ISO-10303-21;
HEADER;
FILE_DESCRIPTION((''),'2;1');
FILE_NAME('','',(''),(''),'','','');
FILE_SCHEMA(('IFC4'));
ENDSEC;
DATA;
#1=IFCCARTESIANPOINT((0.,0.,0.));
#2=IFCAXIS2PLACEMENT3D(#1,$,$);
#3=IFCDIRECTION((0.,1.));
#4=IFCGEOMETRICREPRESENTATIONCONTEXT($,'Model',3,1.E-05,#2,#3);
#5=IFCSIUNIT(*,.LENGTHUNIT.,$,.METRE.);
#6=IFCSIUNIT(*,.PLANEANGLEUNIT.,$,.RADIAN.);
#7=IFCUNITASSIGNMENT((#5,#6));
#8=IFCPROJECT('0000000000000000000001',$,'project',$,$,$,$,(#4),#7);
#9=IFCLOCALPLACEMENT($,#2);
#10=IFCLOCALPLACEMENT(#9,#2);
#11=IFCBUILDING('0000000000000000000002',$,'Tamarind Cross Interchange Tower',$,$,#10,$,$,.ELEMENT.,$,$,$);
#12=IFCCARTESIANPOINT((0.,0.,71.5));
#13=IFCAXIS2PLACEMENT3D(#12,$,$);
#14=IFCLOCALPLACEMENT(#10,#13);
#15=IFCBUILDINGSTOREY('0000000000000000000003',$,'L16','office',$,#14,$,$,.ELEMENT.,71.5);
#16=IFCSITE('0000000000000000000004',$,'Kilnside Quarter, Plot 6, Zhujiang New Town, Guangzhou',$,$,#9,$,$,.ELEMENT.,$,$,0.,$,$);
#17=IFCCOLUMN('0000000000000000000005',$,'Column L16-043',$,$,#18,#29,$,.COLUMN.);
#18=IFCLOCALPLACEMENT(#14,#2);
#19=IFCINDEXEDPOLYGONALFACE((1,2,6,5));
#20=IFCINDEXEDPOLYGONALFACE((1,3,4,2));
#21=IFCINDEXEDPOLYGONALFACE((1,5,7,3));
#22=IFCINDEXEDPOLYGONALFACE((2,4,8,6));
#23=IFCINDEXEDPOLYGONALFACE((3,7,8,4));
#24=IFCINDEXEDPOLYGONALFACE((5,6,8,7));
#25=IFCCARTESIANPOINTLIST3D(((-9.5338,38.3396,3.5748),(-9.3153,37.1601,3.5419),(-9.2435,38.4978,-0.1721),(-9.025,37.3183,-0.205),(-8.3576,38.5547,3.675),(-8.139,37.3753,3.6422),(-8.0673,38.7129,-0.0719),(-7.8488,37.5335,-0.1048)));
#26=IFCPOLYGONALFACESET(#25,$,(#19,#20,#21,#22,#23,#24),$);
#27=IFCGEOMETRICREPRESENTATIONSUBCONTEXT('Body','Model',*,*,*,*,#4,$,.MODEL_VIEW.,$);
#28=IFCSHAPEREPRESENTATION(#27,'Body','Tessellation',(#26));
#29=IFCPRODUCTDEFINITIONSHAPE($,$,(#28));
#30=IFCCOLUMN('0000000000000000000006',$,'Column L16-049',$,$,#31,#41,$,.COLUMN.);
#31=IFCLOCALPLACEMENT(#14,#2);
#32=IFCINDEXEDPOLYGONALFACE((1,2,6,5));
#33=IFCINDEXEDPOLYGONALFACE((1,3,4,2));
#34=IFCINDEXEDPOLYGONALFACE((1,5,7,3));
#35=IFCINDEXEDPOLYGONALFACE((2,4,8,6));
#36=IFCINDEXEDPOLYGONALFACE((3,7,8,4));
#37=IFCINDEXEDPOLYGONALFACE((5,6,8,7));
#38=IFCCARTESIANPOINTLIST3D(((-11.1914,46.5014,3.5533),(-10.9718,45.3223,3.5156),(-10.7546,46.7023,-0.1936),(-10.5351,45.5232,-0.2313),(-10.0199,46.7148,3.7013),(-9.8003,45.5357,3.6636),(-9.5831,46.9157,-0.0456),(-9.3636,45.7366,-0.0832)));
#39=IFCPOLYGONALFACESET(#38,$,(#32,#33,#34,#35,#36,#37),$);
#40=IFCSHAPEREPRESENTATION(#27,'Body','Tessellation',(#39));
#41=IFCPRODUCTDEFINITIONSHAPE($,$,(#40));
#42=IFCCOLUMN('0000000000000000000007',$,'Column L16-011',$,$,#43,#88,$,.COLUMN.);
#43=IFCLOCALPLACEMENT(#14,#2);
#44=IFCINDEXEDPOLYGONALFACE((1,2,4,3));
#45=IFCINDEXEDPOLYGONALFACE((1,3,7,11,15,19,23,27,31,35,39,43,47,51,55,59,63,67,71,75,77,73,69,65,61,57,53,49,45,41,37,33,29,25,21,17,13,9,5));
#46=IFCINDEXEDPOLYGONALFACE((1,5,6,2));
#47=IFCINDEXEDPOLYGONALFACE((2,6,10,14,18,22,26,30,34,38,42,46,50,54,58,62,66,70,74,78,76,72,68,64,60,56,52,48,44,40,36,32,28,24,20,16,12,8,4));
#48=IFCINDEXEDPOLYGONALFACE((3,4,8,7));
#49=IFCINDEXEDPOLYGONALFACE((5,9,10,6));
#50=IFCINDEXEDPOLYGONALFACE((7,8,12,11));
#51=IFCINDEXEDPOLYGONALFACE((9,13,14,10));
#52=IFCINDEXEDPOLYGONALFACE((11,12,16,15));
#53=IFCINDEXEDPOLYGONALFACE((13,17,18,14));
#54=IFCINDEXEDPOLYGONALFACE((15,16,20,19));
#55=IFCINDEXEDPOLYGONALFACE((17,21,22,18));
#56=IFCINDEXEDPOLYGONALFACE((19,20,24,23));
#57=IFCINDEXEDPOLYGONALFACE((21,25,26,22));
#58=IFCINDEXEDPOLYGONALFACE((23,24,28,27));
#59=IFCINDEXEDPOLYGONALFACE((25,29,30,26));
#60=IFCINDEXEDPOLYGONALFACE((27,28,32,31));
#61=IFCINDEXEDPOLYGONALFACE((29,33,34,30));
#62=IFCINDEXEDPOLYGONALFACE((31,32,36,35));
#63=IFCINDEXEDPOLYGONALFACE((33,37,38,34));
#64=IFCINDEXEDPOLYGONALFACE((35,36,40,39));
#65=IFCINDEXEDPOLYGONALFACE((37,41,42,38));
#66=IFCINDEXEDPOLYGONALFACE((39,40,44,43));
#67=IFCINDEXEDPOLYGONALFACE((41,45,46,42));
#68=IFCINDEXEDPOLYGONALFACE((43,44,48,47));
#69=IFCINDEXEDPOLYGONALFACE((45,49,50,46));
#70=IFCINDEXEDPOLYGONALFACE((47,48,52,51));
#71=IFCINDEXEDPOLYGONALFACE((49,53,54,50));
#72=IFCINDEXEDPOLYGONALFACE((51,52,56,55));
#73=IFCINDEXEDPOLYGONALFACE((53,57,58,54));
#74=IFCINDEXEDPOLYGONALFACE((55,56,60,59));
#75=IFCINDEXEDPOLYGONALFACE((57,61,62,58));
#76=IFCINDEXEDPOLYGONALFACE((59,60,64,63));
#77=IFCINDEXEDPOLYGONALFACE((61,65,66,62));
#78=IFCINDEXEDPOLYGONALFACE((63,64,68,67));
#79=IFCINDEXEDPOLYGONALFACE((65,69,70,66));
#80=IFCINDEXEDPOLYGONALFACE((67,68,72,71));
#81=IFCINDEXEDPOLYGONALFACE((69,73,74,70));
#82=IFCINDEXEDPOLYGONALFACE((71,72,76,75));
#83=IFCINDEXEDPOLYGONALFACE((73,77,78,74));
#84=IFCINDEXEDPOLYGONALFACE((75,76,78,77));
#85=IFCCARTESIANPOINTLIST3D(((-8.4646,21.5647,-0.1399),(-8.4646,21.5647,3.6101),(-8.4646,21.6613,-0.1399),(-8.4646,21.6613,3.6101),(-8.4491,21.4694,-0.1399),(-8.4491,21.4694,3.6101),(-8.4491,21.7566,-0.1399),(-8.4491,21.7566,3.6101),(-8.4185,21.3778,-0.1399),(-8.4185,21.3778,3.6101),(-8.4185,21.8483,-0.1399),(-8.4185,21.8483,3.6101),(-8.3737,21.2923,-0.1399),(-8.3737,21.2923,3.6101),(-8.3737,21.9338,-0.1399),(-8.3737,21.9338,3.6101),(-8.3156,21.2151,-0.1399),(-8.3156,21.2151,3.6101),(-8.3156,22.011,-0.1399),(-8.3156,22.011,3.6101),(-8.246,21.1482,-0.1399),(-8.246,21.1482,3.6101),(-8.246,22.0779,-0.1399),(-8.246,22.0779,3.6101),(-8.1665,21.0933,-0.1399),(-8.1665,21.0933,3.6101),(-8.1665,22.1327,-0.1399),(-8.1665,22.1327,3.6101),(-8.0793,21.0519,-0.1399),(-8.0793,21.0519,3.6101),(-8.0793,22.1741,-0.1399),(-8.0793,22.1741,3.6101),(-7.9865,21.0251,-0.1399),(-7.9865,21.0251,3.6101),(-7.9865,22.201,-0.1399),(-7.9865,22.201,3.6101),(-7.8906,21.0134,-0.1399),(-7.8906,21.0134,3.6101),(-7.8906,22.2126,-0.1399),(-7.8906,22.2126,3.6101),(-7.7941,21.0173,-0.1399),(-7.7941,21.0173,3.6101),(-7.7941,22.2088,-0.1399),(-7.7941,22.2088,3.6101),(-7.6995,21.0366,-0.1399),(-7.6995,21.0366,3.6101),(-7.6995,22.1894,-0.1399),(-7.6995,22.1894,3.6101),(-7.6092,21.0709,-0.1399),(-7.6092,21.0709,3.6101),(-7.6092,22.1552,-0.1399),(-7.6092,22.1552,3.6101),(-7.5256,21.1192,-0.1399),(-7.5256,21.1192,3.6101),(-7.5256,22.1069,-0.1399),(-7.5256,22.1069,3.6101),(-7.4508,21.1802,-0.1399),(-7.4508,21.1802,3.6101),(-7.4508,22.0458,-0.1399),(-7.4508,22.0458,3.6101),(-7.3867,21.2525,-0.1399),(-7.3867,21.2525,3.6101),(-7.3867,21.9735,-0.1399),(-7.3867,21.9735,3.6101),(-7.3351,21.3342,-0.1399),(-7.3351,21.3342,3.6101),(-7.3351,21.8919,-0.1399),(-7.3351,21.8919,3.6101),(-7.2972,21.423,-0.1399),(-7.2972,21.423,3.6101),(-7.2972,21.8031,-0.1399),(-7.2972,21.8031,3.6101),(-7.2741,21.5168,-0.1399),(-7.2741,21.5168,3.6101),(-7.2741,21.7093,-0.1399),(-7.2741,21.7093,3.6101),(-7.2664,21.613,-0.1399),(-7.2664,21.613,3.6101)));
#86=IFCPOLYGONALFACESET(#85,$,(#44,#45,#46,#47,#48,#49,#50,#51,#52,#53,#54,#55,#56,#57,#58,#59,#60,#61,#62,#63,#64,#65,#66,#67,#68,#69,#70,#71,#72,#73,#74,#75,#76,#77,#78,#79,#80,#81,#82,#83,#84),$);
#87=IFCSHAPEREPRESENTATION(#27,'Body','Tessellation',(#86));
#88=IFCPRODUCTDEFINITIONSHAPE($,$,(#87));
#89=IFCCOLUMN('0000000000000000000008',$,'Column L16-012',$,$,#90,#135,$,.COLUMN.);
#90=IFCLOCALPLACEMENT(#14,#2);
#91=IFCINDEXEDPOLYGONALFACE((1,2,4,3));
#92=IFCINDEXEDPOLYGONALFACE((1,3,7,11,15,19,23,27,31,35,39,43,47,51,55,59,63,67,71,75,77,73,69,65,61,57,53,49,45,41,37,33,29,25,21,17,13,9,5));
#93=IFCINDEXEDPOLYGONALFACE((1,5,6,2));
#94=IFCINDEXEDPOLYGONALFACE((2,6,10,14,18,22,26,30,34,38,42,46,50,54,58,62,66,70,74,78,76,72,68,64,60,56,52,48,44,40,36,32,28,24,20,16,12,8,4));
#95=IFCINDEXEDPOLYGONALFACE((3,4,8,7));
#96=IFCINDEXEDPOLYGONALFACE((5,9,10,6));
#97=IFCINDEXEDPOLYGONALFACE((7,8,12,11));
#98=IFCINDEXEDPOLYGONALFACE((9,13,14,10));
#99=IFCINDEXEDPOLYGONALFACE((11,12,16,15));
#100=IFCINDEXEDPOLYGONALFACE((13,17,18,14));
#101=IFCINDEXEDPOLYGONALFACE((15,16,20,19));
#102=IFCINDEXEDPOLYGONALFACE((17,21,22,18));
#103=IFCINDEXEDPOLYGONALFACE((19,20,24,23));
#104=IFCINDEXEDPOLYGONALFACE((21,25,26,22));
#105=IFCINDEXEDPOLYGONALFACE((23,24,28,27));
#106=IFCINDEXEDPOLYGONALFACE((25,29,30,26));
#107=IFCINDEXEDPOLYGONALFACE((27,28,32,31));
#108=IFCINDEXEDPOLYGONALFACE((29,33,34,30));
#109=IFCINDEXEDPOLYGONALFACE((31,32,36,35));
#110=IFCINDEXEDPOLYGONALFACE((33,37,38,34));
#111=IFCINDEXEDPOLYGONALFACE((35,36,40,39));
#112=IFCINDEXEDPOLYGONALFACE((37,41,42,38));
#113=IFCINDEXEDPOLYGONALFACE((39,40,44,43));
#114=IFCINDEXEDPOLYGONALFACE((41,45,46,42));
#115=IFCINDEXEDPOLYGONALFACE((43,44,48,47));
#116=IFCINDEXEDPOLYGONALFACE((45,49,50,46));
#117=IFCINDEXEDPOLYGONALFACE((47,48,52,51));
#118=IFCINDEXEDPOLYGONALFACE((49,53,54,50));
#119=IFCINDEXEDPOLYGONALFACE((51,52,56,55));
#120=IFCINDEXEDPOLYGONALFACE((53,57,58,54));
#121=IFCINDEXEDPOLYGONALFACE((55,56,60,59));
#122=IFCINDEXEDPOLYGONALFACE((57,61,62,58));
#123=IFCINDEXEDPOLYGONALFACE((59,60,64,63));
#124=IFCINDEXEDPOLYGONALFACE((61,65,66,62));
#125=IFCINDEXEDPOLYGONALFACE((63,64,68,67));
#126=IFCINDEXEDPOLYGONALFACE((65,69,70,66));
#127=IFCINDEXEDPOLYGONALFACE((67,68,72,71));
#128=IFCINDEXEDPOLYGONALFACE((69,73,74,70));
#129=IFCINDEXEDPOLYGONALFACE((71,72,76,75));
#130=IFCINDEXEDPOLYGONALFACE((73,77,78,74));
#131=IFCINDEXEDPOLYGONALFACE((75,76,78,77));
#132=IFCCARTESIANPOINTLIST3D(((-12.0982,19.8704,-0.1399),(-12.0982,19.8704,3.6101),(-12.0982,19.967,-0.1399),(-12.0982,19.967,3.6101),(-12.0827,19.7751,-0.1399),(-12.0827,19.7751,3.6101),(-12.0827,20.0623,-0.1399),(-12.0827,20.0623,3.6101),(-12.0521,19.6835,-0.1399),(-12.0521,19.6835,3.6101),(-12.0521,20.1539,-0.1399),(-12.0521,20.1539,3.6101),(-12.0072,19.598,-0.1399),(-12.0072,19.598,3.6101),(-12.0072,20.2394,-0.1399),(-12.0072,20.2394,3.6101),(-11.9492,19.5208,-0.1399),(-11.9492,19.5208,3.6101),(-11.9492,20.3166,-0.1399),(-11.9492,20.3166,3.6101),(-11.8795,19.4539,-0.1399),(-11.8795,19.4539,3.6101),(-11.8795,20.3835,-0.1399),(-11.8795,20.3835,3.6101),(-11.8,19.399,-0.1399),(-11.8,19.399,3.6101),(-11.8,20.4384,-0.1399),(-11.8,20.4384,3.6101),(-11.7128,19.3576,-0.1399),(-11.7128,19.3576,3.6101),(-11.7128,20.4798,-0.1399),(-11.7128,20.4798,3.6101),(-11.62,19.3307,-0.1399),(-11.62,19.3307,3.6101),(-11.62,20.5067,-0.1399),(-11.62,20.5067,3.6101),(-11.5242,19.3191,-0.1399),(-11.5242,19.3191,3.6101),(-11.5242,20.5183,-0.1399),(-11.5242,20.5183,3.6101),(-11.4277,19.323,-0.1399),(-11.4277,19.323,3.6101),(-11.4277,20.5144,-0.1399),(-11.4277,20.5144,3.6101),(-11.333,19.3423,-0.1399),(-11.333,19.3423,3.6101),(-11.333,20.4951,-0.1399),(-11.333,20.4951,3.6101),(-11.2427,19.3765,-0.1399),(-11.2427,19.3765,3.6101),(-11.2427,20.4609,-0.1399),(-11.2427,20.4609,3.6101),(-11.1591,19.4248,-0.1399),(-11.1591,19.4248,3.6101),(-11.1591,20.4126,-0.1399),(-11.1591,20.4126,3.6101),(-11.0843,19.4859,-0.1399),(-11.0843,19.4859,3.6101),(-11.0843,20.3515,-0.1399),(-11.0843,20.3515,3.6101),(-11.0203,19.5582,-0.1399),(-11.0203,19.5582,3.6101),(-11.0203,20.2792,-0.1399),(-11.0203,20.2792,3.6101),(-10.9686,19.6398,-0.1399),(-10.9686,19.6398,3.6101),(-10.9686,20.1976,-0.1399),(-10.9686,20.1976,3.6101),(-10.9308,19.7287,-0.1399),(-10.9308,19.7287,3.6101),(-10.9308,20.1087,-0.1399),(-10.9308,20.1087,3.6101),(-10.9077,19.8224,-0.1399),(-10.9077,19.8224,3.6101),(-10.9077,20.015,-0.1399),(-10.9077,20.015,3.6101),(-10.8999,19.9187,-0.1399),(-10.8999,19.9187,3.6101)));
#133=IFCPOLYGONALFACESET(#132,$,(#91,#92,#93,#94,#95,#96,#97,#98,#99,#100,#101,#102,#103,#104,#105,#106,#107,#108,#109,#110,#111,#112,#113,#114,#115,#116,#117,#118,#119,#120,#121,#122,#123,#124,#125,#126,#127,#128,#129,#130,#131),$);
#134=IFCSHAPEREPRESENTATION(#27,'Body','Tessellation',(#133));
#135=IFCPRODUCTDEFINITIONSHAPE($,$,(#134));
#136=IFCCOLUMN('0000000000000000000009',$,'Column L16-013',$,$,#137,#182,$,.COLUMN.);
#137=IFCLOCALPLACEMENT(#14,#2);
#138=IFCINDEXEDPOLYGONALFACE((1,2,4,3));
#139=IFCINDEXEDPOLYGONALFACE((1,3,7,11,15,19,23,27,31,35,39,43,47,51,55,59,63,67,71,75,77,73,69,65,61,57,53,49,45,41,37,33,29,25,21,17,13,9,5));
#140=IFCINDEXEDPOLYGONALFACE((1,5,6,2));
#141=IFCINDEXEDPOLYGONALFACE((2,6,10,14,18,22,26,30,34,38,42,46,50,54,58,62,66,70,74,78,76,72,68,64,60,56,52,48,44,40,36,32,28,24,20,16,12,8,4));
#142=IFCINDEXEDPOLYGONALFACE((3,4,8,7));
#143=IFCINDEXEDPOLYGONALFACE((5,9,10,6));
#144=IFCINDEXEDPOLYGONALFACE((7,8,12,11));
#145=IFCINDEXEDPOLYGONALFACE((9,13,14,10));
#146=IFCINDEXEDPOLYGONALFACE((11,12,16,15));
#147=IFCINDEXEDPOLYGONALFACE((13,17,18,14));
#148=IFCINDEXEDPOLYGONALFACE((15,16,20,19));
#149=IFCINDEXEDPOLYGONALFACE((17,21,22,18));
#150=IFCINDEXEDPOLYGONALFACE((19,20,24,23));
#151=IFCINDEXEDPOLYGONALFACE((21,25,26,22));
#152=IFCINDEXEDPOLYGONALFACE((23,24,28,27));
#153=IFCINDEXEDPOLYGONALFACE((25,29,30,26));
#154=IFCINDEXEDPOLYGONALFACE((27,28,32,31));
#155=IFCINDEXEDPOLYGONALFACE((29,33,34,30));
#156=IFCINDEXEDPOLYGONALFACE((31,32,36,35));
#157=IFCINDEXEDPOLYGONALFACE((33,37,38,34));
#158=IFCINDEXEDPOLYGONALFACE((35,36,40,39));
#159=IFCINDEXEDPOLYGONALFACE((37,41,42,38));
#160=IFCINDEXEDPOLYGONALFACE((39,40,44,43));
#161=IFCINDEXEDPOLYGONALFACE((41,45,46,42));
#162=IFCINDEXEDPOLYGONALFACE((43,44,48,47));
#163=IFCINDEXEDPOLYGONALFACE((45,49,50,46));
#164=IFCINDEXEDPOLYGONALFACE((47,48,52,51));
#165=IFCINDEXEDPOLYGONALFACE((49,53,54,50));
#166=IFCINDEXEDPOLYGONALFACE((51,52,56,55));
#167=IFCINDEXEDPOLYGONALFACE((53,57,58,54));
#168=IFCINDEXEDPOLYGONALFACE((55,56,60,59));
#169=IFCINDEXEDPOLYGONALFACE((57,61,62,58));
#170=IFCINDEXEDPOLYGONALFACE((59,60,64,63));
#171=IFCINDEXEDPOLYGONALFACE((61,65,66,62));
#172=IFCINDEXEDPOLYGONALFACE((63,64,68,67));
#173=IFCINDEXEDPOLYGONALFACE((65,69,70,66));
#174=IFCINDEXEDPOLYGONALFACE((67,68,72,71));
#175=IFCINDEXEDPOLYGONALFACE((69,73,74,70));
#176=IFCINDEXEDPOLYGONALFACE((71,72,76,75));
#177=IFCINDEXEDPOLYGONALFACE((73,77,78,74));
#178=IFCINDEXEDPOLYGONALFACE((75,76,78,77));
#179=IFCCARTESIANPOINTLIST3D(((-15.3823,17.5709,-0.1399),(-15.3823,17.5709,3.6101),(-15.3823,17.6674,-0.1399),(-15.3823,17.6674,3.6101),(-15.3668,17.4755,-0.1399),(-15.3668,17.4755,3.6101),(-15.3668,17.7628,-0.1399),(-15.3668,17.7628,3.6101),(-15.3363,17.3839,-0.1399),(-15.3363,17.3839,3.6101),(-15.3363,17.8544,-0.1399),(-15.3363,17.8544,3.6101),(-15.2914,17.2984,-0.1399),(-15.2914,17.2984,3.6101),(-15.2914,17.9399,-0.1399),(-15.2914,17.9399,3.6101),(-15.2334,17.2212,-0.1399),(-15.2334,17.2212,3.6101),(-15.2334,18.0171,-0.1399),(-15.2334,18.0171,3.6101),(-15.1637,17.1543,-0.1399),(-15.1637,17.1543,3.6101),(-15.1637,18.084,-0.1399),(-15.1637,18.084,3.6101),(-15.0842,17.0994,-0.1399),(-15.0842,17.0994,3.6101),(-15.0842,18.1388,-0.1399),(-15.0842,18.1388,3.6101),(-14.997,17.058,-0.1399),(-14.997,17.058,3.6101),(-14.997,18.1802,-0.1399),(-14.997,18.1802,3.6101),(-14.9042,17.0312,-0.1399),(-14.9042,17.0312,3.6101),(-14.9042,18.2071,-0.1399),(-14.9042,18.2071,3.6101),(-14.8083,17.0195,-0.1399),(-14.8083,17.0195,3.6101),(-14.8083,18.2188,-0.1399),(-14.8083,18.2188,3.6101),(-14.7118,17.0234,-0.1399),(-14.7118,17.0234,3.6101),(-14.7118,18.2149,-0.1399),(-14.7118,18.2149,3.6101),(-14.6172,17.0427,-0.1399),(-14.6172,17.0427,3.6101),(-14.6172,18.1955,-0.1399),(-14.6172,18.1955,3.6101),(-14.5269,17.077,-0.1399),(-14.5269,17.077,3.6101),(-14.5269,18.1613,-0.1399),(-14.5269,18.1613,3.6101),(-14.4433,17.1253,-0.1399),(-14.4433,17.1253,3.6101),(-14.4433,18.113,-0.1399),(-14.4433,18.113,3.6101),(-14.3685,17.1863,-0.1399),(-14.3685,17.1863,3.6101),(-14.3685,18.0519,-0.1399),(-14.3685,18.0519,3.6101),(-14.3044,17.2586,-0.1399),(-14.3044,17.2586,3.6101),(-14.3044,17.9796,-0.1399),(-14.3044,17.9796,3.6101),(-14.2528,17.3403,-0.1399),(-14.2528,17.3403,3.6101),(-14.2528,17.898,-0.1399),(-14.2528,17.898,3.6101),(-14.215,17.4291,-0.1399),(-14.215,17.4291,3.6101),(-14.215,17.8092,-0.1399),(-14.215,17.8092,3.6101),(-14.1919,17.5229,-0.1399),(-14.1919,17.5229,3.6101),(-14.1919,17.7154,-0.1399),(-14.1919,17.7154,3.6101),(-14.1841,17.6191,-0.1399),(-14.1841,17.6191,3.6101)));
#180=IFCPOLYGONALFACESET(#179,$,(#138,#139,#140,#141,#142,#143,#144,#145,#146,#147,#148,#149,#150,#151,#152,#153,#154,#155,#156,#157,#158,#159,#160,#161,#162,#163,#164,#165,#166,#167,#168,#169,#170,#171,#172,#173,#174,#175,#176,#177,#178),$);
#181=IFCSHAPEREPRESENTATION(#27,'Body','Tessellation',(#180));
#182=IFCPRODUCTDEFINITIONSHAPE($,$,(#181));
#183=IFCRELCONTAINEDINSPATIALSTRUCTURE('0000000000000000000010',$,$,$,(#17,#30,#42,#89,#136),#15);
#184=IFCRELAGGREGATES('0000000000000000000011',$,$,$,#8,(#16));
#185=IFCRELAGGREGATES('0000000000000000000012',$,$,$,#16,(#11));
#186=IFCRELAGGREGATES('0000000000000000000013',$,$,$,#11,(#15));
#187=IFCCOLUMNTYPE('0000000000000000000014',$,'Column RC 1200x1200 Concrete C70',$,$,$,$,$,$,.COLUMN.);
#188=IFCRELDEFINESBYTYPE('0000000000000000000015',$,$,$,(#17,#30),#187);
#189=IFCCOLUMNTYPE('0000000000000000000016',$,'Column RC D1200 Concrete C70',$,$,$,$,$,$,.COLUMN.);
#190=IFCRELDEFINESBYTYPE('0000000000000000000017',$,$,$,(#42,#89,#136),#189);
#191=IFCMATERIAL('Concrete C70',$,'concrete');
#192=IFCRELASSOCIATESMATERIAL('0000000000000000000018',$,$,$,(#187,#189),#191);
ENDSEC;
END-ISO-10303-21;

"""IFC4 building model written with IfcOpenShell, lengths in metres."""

from ifc_helpers import new_model, si_unit, direction, frame, origin, origin_2d, place, context, subcontext, project, spatial, rectangle, circle, extrude, material, material_profile, profile_set, type_object, element, save


model = new_model("IFC4")

# Units and contexts
model_context = context("Model", 3, precision=1e-05, world=origin(), true_north=direction((0.0, 1.0)))
body_context = subcontext(model_context, "Body", "Model", "MODEL_VIEW")
ifc_project = project(units=[si_unit("LENGTHUNIT", "METRE"), si_unit("PLANEANGLEUNIT", "RADIAN")], contexts=[model_context])

# Site, building, storey
site_placement = place(None, origin())
site = spatial("IfcSite", under=ifc_project, at=site_placement, Name="Kilnside Quarter, Plot 6, Zhujiang New Town, Guangzhou", CompositionType="ELEMENT", RefElevation=0.0)
building_placement = place(site_placement, origin())
building = spatial("IfcBuilding", under=site, at=building_placement, Name="Tamarind Cross Interchange Tower", CompositionType="ELEMENT")
storey_placement = place(building_placement, frame((0.0, 0.0, 71.5)))
storey = spatial("IfcBuildingStorey", under=building, at=storey_placement, Name="L16", Description="office", CompositionType="ELEMENT", Elevation=71.5)

# Columns
ifc_material_1 = material(Name="Concrete C70", Category="concrete")
ifc_material_profile_1 = material_profile(ifc_material_1, rectangle(XDim=1.2, YDim=1.2, at=origin_2d()), Name="RC 1200x1200")
ifc_profile_set_1 = profile_set([ifc_material_profile_1], Name="Concrete C70")
column_type_1 = type_object("IfcColumnType", Name="Column RC 1200x1200 Concrete C70", PredefinedType="COLUMN", material=ifc_profile_set_1)
column_1_placement = place(storey_placement, frame((-8.5461, 38.0156, -0.1384), z_axis=(-0.077175, -0.04206, 0.99613), x_axis=(0.980244, 0.179298, 0.083514)))
element("IfcColumn", 1, at=column_1_placement, inside=storey, type_object=column_type_1, Name="Column L16-043", PredefinedType="COLUMN", context=body_context, shape_type="SweptSolid", body=[
    extrude(rectangle(XDim=1.2, YDim=1.2, at=origin_2d()), origin(), (0.0, 0.0, 1.0), 3.7615),
])
column_2_placement = place(storey_placement, frame((-10.0591, 46.2195, -0.1384), z_axis=(-0.115622, -0.05319, 0.991868), x_axis=(0.9763, 0.177831, 0.123344)))
element("IfcColumn", 2, at=column_2_placement, inside=storey, type_object=column_type_1, Name="Column L16-049", PredefinedType="COLUMN", context=body_context, shape_type="SweptSolid", body=[
    extrude(rectangle(XDim=1.2, YDim=1.2, at=origin_2d()), origin(), (0.0, 0.0, 1.0), 3.7776),
])
ifc_material_profile_2 = material_profile(ifc_material_1, circle(Radius=0.6001, at=origin_2d()), Name="RC D1200")
ifc_profile_set_2 = profile_set([ifc_material_profile_2], Name="Concrete C70")
column_type_2 = type_object("IfcColumnType", Name="Column RC D1200 Concrete C70", PredefinedType="COLUMN", material=ifc_profile_set_2)
for number, where, z_axis, x_axis, name in (
    (3, (-7.8665, 21.613, -0.1399), (0.0, 0.0, 1.0), (1.0, 0.0, 0.0), "Column L16-011"),
    (4, (-11.5, 19.9187, -0.1399), (0.0, 0.0, 1.0), (1.0, 0.0, 0.0), "Column L16-012"),
    (5, (-14.7842, 17.6191, -0.1399), (0.0, 0.0, 1.0), (1.0, 0.0, 0.0), "Column L16-013"),
):
    element("IfcColumn", number, at=place(storey_placement, frame(where, z_axis=z_axis, x_axis=x_axis)), inside=storey, type_object=column_type_2, Name=name, PredefinedType="COLUMN", context=body_context, shape_type="SweptSolid", body=[
        extrude(circle(Radius=0.6001, at=origin_2d()), origin(), (0.0, 0.0, 1.0), 3.75),
    ])

save(model, "model.ifc")
